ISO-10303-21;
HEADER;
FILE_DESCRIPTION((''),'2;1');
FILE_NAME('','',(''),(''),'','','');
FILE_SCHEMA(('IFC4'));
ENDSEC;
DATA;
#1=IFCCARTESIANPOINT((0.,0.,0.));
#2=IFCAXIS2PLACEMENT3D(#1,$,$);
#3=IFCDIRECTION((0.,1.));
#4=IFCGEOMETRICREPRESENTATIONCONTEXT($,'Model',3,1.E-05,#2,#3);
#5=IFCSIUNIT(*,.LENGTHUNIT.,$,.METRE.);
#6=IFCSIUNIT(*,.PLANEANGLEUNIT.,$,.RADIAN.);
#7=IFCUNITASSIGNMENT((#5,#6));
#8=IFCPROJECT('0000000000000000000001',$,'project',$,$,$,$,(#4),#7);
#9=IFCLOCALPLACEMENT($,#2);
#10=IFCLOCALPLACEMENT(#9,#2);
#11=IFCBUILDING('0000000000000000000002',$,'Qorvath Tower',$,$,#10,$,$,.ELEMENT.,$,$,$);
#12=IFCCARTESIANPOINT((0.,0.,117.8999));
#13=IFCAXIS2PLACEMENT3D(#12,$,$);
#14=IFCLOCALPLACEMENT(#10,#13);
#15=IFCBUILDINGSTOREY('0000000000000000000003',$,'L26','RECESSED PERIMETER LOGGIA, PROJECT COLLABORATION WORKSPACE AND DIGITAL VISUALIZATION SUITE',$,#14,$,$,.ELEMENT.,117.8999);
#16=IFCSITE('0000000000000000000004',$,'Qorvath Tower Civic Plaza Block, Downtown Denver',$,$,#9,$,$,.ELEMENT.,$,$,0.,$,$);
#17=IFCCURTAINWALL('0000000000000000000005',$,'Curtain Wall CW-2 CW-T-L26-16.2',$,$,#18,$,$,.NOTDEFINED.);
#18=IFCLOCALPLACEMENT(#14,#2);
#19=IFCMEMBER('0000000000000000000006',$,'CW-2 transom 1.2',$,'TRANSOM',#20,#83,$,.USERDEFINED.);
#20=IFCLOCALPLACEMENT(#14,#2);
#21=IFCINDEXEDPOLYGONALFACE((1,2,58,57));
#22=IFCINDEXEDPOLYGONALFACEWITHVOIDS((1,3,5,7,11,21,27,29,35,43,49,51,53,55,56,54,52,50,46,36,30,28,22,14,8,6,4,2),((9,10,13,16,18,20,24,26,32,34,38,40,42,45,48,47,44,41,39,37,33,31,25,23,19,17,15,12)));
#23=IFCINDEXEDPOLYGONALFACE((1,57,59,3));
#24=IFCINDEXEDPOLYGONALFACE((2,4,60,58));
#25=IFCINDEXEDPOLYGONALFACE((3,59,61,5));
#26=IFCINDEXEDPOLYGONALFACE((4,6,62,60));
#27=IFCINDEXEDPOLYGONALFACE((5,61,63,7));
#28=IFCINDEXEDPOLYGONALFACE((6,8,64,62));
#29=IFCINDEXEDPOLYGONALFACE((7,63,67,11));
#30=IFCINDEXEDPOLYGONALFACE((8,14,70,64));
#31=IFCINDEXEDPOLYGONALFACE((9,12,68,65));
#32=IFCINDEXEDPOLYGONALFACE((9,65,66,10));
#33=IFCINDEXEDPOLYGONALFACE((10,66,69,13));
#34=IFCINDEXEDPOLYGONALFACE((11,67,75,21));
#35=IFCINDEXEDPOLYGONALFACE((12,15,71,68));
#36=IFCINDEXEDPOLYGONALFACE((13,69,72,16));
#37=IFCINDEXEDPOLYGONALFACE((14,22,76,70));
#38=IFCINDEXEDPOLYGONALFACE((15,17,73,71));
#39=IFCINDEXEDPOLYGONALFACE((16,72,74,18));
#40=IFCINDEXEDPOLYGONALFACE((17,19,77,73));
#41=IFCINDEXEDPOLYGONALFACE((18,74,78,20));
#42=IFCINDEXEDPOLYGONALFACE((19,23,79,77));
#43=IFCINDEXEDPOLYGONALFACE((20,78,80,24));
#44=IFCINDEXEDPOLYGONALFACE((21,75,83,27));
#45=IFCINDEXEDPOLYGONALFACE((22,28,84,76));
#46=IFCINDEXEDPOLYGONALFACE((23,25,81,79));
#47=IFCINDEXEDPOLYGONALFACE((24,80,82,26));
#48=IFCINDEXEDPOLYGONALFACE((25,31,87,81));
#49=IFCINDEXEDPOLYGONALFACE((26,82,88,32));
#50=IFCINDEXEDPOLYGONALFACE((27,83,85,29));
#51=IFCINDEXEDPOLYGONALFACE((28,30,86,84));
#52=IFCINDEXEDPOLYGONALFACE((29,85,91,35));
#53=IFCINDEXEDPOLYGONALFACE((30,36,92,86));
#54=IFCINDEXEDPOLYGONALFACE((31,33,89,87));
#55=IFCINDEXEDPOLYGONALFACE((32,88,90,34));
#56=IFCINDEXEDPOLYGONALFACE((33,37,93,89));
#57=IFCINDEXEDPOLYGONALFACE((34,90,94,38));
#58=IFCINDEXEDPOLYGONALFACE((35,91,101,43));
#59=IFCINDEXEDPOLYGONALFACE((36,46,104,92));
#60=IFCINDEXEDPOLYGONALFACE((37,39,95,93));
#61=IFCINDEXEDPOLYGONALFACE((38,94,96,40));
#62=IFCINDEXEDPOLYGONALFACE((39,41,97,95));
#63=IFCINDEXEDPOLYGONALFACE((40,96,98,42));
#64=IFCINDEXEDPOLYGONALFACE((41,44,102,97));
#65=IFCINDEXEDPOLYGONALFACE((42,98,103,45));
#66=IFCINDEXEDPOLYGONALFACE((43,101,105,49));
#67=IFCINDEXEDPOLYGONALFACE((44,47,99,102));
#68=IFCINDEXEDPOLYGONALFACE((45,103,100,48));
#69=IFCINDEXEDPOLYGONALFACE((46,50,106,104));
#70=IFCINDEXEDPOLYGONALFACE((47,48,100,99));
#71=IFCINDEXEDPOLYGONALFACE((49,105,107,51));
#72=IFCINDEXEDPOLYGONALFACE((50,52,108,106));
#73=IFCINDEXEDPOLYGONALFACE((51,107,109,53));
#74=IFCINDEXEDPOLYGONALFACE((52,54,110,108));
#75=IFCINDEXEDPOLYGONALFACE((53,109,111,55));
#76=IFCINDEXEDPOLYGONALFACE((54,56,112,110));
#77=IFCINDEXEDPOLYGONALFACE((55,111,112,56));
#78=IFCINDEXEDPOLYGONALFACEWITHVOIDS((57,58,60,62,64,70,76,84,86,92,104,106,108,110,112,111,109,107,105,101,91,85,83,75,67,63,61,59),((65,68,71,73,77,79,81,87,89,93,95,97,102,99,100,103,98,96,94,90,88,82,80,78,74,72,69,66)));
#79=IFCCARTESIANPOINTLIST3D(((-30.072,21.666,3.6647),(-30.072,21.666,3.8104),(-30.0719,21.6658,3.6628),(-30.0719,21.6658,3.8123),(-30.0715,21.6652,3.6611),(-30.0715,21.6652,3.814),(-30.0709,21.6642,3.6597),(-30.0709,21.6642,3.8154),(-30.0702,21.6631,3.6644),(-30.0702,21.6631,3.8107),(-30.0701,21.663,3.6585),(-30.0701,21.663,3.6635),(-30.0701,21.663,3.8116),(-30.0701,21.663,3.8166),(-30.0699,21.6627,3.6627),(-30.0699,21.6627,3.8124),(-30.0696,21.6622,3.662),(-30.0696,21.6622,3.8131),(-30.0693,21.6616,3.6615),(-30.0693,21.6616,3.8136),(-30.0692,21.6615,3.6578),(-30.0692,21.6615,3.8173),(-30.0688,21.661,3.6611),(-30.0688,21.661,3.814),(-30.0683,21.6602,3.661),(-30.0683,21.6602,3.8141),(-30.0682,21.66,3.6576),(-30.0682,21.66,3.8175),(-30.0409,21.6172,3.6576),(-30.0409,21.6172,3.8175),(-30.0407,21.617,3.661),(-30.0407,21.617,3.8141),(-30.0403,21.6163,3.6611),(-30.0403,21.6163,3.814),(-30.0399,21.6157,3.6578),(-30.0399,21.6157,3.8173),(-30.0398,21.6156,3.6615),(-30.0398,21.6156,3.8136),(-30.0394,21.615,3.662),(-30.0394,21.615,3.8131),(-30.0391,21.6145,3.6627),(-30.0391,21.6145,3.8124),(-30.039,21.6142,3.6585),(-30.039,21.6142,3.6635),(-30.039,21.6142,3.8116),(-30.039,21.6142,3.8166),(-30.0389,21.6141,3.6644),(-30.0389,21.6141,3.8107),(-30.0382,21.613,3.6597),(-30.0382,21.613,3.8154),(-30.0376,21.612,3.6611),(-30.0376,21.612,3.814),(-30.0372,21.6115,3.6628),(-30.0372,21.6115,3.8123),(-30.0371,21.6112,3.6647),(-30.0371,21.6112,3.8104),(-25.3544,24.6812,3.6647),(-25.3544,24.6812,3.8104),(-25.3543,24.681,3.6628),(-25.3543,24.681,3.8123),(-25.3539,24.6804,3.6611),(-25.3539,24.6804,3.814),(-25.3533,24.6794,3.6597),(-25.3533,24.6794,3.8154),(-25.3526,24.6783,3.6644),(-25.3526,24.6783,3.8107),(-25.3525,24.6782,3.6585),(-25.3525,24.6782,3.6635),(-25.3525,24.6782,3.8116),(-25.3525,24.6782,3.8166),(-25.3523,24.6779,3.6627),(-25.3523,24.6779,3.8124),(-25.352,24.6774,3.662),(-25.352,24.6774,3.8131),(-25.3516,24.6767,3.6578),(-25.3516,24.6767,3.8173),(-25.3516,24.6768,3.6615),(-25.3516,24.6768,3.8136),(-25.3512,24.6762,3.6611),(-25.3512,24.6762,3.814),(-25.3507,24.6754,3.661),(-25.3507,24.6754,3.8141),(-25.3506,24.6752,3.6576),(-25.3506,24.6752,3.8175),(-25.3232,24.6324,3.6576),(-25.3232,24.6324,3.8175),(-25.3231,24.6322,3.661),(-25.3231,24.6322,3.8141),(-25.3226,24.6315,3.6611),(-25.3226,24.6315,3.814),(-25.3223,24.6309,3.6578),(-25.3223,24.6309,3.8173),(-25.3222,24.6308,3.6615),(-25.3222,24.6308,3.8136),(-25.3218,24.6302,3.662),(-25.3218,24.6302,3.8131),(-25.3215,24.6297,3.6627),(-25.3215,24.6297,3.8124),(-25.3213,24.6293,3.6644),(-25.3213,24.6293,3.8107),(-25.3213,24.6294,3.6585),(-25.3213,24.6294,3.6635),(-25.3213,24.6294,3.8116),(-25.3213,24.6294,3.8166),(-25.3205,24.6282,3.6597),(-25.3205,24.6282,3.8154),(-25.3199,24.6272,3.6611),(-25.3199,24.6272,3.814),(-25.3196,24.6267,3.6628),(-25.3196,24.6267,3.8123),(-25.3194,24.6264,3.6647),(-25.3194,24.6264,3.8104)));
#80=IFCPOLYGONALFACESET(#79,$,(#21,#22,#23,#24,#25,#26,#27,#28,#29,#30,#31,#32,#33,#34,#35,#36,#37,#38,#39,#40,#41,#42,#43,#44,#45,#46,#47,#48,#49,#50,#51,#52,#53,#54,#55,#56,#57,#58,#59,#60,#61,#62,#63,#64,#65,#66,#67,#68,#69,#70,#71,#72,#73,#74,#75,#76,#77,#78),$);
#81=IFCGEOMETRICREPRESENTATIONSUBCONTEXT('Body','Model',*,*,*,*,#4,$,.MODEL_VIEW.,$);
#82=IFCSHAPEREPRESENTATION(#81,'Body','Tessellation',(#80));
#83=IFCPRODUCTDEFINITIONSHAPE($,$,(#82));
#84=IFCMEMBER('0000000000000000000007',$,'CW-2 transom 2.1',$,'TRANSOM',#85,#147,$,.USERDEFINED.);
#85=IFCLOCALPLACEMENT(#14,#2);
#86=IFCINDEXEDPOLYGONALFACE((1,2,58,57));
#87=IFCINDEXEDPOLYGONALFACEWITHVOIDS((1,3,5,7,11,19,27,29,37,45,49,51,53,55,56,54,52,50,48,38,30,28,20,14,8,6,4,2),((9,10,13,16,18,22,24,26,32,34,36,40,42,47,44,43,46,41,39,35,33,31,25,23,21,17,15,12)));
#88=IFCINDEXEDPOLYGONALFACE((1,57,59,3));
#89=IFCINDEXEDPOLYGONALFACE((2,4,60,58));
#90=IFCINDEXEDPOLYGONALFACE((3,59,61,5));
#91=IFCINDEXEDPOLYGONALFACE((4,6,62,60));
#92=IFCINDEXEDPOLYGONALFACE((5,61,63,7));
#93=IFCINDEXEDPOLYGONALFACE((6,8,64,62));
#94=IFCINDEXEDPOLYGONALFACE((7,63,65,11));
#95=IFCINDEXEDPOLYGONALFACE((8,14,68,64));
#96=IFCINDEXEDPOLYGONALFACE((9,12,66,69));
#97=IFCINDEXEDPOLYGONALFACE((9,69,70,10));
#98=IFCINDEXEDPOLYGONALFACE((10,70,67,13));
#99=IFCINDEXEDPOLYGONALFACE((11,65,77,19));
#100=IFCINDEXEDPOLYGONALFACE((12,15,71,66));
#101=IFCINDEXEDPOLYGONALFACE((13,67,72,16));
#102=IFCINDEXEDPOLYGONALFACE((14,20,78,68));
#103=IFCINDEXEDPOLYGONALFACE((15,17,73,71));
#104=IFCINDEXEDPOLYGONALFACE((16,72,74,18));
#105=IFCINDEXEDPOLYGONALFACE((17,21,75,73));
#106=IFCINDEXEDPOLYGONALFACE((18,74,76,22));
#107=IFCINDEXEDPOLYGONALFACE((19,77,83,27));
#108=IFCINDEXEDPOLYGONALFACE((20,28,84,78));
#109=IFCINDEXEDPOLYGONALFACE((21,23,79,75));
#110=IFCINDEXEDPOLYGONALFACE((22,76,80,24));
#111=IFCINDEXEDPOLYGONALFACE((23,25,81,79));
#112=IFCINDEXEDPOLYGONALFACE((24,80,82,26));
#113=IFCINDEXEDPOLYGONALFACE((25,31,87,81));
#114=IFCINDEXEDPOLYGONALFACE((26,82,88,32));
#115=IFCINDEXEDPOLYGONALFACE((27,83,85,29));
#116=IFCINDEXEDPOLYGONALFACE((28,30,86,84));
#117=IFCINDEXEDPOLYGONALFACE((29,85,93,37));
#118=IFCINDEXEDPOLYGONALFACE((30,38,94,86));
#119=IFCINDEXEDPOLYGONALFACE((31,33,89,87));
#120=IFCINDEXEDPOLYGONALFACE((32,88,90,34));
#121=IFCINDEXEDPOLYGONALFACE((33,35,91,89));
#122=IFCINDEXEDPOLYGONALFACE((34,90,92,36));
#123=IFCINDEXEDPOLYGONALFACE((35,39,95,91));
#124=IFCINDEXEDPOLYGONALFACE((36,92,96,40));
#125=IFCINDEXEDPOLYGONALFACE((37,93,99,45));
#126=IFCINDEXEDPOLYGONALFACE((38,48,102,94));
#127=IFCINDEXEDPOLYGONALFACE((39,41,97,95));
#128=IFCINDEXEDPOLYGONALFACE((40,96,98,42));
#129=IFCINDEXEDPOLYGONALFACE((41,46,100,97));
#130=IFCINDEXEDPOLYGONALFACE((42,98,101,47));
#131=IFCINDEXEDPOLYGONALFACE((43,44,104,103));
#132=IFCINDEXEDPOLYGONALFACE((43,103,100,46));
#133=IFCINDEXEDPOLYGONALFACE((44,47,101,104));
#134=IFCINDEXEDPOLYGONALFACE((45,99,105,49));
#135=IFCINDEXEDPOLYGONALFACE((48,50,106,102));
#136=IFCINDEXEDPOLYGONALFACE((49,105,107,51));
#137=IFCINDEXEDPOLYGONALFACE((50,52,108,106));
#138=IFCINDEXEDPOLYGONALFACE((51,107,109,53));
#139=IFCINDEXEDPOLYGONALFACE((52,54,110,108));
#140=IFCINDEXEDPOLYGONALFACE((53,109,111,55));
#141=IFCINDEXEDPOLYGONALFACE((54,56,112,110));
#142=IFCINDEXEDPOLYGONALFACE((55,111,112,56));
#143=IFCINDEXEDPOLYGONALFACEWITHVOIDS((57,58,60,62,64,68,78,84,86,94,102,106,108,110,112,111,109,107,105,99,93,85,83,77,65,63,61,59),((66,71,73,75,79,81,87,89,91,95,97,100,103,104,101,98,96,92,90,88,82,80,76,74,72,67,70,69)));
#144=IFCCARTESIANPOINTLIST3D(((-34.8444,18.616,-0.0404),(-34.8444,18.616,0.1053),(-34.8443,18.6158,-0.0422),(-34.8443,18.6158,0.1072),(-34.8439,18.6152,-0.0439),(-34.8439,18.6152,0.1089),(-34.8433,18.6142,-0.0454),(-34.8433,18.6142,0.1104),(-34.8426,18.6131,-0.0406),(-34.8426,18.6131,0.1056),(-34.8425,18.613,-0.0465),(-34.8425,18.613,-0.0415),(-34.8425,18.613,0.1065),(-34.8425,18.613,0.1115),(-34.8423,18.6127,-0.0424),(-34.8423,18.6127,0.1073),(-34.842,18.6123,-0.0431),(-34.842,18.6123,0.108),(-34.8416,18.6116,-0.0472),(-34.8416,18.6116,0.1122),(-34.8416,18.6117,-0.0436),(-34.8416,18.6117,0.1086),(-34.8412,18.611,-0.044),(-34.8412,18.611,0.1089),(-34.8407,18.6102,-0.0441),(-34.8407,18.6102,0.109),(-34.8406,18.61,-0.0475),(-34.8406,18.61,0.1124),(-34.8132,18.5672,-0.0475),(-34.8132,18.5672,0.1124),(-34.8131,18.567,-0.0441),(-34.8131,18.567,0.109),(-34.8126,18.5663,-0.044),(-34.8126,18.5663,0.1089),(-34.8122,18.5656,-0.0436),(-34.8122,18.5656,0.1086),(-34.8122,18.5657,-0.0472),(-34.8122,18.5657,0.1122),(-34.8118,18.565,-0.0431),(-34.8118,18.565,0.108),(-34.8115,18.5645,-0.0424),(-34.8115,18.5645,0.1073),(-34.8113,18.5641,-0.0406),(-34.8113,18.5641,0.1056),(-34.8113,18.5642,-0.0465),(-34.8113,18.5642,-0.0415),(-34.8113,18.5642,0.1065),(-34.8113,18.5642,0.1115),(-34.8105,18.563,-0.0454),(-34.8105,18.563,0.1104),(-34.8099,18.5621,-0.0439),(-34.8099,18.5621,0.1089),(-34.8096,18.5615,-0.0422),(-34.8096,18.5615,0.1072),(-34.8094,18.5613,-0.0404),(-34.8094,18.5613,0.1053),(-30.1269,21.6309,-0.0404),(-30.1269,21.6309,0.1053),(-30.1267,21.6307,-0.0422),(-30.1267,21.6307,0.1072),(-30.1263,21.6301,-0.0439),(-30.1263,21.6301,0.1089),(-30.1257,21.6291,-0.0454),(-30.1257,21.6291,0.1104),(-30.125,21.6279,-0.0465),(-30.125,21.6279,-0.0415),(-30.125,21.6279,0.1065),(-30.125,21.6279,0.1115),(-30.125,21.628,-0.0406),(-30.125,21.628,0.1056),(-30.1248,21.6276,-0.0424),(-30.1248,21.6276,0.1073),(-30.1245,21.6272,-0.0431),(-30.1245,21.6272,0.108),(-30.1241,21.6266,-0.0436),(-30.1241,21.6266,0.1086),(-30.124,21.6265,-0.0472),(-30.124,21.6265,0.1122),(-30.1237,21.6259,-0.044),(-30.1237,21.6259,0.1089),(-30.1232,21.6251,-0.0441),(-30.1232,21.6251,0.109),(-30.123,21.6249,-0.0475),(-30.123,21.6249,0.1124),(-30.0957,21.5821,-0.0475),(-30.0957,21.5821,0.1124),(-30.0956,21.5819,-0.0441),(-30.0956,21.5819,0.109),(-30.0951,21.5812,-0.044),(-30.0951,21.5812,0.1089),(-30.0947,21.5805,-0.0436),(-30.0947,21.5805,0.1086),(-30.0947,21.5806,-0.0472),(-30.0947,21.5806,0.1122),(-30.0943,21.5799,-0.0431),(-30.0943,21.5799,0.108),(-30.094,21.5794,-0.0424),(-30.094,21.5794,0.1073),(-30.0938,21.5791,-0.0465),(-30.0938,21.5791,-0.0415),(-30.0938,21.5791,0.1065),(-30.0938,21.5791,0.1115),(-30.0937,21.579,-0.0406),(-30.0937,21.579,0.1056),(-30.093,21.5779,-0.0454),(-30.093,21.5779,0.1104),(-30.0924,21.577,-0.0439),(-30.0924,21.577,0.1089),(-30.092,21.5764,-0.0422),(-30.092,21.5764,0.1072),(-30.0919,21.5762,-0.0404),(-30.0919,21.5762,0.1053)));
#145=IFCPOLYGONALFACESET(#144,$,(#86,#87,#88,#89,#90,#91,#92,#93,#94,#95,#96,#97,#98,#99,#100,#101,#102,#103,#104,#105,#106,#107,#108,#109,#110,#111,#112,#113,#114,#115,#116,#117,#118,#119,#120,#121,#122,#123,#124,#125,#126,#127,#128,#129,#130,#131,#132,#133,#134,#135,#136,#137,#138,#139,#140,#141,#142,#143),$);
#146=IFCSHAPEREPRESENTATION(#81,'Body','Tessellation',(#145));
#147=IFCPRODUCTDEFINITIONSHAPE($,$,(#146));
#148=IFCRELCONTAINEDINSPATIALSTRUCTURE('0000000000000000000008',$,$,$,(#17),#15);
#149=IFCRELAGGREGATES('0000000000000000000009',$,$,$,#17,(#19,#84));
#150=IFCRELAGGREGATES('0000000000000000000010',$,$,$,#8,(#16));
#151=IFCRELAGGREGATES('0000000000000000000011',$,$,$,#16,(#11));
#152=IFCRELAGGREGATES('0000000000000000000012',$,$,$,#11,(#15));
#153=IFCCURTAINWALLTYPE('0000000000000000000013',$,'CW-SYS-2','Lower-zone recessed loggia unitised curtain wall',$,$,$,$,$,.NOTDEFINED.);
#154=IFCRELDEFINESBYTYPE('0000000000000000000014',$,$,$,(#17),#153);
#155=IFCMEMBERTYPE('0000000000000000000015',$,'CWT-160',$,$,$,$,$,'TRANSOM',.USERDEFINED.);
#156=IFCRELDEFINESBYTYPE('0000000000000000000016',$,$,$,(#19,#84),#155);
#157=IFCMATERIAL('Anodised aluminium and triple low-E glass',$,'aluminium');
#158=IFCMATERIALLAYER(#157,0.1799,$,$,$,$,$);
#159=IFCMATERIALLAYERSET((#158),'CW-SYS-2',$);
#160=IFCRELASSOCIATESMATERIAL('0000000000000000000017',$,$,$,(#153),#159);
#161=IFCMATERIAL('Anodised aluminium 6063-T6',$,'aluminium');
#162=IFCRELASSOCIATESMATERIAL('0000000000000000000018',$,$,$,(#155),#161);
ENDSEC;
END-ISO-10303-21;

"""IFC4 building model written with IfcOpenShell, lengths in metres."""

from ifc_helpers import new_model, si_unit, direction, frame, origin, origin_2d, place, context, subcontext, project, spatial, hollow_rectangle, extrude, material, layer, layer_set, material_profile, profile_set, type_object, element, aggregate, save


model = new_model("IFC4")

# Units and contexts
model_context = context("Model", 3, precision=1e-05, world=origin(), true_north=direction((0.0, 1.0)))
body_context = subcontext(model_context, "Body", "Model", "MODEL_VIEW")
ifc_project = project(units=[si_unit("LENGTHUNIT", "METRE"), si_unit("PLANEANGLEUNIT", "RADIAN")], contexts=[model_context])

# Site, building, storey
site_placement = place(None, origin())
site = spatial("IfcSite", under=ifc_project, at=site_placement, Name="Qorvath Tower Civic Plaza Block, Downtown Denver", CompositionType="ELEMENT", RefElevation=0.0)
building_placement = place(site_placement, origin())
building = spatial("IfcBuilding", under=site, at=building_placement, Name="Qorvath Tower", CompositionType="ELEMENT")
storey_placement = place(building_placement, frame((0.0, 0.0, 117.8999)))
storey = spatial("IfcBuildingStorey", under=building, at=storey_placement, Name="L26", Description="RECESSED PERIMETER LOGGIA, PROJECT COLLABORATION WORKSPACE AND DIGITAL VISUALIZATION SUITE", CompositionType="ELEMENT", Elevation=117.8999)

# Shared definitions
ifc_material_1 = material(Name="Anodised aluminium and triple low-E glass", Category="aluminium")
ifc_layer_1 = layer(ifc_material_1, 0.1799)
ifc_layer_set_1 = layer_set([ifc_layer_1], Name="CW-SYS-2")
curtain_wall_type = type_object("IfcCurtainWallType", Name="CW-SYS-2", Description="Lower-zone recessed loggia unitised curtain wall", PredefinedType="NOTDEFINED", material=ifc_layer_set_1)

# Curtain wall, members
curtain_wall_1_placement = place(storey_placement, origin())
curtain_wall_1 = element("IfcCurtainWall", 1, at=curtain_wall_1_placement, inside=storey, type_object=curtain_wall_type, Name="Curtain Wall CW-2 CW-T-L26-16.2", PredefinedType="NOTDEFINED")
ifc_material_2 = material(Name="Anodised aluminium 6063-T6", Category="aluminium")
ifc_material_profile_1 = material_profile(ifc_material_2, hollow_rectangle(XDim=0.0649, YDim=0.1599, WallThickness=0.0034, InnerFilletRadius=0.0034, OuterFilletRadius=0.0071, at=origin_2d()), Name="CWT 160x65")
ifc_profile_set_1 = profile_set([ifc_material_profile_1], Name="Anodised aluminium 6063-T6")
member_type_1 = type_object("IfcMemberType", Name="CWT-160", ElementType="TRANSOM", PredefinedType="USERDEFINED", material=ifc_profile_set_1)
member_1_placement = place(storey_placement, frame((-25.3369, 24.6538, 3.7375), z_axis=(-0.842602, -0.538536, 0.0), x_axis=(0.538536, -0.842602, 0.0)))
member_1 = element("IfcMember", 2, at=member_1_placement, type_object=member_type_1, Name="CW-2 transom 1.2", ObjectType="TRANSOM", PredefinedType="USERDEFINED", context=body_context, shape_type="SweptSolid", body=[
    extrude(hollow_rectangle(XDim=0.0649, YDim=0.1599, WallThickness=0.0034, InnerFilletRadius=0.0034, OuterFilletRadius=0.0071, at=origin_2d()), origin(), (0.0, 0.0, 1.0), 5.5989),
])
member_2_placement = place(storey_placement, frame((-30.1094, 21.6035, 0.0325), z_axis=(-0.842622, -0.538505, 0.0), x_axis=(0.538505, -0.842622, 0.0)))
member_2 = element("IfcMember", 3, at=member_2_placement, type_object=member_type_1, Name="CW-2 transom 2.1", ObjectType="TRANSOM", PredefinedType="USERDEFINED", context=body_context, shape_type="SweptSolid", body=[
    extrude(hollow_rectangle(XDim=0.0649, YDim=0.1599, WallThickness=0.0034, InnerFilletRadius=0.0034, OuterFilletRadius=0.0071, at=origin_2d()), origin(), (0.0, 0.0, 1.0), 5.5986),
])

aggregate(curtain_wall_1, [member_1, member_2])

save(model, "model.ifc")
